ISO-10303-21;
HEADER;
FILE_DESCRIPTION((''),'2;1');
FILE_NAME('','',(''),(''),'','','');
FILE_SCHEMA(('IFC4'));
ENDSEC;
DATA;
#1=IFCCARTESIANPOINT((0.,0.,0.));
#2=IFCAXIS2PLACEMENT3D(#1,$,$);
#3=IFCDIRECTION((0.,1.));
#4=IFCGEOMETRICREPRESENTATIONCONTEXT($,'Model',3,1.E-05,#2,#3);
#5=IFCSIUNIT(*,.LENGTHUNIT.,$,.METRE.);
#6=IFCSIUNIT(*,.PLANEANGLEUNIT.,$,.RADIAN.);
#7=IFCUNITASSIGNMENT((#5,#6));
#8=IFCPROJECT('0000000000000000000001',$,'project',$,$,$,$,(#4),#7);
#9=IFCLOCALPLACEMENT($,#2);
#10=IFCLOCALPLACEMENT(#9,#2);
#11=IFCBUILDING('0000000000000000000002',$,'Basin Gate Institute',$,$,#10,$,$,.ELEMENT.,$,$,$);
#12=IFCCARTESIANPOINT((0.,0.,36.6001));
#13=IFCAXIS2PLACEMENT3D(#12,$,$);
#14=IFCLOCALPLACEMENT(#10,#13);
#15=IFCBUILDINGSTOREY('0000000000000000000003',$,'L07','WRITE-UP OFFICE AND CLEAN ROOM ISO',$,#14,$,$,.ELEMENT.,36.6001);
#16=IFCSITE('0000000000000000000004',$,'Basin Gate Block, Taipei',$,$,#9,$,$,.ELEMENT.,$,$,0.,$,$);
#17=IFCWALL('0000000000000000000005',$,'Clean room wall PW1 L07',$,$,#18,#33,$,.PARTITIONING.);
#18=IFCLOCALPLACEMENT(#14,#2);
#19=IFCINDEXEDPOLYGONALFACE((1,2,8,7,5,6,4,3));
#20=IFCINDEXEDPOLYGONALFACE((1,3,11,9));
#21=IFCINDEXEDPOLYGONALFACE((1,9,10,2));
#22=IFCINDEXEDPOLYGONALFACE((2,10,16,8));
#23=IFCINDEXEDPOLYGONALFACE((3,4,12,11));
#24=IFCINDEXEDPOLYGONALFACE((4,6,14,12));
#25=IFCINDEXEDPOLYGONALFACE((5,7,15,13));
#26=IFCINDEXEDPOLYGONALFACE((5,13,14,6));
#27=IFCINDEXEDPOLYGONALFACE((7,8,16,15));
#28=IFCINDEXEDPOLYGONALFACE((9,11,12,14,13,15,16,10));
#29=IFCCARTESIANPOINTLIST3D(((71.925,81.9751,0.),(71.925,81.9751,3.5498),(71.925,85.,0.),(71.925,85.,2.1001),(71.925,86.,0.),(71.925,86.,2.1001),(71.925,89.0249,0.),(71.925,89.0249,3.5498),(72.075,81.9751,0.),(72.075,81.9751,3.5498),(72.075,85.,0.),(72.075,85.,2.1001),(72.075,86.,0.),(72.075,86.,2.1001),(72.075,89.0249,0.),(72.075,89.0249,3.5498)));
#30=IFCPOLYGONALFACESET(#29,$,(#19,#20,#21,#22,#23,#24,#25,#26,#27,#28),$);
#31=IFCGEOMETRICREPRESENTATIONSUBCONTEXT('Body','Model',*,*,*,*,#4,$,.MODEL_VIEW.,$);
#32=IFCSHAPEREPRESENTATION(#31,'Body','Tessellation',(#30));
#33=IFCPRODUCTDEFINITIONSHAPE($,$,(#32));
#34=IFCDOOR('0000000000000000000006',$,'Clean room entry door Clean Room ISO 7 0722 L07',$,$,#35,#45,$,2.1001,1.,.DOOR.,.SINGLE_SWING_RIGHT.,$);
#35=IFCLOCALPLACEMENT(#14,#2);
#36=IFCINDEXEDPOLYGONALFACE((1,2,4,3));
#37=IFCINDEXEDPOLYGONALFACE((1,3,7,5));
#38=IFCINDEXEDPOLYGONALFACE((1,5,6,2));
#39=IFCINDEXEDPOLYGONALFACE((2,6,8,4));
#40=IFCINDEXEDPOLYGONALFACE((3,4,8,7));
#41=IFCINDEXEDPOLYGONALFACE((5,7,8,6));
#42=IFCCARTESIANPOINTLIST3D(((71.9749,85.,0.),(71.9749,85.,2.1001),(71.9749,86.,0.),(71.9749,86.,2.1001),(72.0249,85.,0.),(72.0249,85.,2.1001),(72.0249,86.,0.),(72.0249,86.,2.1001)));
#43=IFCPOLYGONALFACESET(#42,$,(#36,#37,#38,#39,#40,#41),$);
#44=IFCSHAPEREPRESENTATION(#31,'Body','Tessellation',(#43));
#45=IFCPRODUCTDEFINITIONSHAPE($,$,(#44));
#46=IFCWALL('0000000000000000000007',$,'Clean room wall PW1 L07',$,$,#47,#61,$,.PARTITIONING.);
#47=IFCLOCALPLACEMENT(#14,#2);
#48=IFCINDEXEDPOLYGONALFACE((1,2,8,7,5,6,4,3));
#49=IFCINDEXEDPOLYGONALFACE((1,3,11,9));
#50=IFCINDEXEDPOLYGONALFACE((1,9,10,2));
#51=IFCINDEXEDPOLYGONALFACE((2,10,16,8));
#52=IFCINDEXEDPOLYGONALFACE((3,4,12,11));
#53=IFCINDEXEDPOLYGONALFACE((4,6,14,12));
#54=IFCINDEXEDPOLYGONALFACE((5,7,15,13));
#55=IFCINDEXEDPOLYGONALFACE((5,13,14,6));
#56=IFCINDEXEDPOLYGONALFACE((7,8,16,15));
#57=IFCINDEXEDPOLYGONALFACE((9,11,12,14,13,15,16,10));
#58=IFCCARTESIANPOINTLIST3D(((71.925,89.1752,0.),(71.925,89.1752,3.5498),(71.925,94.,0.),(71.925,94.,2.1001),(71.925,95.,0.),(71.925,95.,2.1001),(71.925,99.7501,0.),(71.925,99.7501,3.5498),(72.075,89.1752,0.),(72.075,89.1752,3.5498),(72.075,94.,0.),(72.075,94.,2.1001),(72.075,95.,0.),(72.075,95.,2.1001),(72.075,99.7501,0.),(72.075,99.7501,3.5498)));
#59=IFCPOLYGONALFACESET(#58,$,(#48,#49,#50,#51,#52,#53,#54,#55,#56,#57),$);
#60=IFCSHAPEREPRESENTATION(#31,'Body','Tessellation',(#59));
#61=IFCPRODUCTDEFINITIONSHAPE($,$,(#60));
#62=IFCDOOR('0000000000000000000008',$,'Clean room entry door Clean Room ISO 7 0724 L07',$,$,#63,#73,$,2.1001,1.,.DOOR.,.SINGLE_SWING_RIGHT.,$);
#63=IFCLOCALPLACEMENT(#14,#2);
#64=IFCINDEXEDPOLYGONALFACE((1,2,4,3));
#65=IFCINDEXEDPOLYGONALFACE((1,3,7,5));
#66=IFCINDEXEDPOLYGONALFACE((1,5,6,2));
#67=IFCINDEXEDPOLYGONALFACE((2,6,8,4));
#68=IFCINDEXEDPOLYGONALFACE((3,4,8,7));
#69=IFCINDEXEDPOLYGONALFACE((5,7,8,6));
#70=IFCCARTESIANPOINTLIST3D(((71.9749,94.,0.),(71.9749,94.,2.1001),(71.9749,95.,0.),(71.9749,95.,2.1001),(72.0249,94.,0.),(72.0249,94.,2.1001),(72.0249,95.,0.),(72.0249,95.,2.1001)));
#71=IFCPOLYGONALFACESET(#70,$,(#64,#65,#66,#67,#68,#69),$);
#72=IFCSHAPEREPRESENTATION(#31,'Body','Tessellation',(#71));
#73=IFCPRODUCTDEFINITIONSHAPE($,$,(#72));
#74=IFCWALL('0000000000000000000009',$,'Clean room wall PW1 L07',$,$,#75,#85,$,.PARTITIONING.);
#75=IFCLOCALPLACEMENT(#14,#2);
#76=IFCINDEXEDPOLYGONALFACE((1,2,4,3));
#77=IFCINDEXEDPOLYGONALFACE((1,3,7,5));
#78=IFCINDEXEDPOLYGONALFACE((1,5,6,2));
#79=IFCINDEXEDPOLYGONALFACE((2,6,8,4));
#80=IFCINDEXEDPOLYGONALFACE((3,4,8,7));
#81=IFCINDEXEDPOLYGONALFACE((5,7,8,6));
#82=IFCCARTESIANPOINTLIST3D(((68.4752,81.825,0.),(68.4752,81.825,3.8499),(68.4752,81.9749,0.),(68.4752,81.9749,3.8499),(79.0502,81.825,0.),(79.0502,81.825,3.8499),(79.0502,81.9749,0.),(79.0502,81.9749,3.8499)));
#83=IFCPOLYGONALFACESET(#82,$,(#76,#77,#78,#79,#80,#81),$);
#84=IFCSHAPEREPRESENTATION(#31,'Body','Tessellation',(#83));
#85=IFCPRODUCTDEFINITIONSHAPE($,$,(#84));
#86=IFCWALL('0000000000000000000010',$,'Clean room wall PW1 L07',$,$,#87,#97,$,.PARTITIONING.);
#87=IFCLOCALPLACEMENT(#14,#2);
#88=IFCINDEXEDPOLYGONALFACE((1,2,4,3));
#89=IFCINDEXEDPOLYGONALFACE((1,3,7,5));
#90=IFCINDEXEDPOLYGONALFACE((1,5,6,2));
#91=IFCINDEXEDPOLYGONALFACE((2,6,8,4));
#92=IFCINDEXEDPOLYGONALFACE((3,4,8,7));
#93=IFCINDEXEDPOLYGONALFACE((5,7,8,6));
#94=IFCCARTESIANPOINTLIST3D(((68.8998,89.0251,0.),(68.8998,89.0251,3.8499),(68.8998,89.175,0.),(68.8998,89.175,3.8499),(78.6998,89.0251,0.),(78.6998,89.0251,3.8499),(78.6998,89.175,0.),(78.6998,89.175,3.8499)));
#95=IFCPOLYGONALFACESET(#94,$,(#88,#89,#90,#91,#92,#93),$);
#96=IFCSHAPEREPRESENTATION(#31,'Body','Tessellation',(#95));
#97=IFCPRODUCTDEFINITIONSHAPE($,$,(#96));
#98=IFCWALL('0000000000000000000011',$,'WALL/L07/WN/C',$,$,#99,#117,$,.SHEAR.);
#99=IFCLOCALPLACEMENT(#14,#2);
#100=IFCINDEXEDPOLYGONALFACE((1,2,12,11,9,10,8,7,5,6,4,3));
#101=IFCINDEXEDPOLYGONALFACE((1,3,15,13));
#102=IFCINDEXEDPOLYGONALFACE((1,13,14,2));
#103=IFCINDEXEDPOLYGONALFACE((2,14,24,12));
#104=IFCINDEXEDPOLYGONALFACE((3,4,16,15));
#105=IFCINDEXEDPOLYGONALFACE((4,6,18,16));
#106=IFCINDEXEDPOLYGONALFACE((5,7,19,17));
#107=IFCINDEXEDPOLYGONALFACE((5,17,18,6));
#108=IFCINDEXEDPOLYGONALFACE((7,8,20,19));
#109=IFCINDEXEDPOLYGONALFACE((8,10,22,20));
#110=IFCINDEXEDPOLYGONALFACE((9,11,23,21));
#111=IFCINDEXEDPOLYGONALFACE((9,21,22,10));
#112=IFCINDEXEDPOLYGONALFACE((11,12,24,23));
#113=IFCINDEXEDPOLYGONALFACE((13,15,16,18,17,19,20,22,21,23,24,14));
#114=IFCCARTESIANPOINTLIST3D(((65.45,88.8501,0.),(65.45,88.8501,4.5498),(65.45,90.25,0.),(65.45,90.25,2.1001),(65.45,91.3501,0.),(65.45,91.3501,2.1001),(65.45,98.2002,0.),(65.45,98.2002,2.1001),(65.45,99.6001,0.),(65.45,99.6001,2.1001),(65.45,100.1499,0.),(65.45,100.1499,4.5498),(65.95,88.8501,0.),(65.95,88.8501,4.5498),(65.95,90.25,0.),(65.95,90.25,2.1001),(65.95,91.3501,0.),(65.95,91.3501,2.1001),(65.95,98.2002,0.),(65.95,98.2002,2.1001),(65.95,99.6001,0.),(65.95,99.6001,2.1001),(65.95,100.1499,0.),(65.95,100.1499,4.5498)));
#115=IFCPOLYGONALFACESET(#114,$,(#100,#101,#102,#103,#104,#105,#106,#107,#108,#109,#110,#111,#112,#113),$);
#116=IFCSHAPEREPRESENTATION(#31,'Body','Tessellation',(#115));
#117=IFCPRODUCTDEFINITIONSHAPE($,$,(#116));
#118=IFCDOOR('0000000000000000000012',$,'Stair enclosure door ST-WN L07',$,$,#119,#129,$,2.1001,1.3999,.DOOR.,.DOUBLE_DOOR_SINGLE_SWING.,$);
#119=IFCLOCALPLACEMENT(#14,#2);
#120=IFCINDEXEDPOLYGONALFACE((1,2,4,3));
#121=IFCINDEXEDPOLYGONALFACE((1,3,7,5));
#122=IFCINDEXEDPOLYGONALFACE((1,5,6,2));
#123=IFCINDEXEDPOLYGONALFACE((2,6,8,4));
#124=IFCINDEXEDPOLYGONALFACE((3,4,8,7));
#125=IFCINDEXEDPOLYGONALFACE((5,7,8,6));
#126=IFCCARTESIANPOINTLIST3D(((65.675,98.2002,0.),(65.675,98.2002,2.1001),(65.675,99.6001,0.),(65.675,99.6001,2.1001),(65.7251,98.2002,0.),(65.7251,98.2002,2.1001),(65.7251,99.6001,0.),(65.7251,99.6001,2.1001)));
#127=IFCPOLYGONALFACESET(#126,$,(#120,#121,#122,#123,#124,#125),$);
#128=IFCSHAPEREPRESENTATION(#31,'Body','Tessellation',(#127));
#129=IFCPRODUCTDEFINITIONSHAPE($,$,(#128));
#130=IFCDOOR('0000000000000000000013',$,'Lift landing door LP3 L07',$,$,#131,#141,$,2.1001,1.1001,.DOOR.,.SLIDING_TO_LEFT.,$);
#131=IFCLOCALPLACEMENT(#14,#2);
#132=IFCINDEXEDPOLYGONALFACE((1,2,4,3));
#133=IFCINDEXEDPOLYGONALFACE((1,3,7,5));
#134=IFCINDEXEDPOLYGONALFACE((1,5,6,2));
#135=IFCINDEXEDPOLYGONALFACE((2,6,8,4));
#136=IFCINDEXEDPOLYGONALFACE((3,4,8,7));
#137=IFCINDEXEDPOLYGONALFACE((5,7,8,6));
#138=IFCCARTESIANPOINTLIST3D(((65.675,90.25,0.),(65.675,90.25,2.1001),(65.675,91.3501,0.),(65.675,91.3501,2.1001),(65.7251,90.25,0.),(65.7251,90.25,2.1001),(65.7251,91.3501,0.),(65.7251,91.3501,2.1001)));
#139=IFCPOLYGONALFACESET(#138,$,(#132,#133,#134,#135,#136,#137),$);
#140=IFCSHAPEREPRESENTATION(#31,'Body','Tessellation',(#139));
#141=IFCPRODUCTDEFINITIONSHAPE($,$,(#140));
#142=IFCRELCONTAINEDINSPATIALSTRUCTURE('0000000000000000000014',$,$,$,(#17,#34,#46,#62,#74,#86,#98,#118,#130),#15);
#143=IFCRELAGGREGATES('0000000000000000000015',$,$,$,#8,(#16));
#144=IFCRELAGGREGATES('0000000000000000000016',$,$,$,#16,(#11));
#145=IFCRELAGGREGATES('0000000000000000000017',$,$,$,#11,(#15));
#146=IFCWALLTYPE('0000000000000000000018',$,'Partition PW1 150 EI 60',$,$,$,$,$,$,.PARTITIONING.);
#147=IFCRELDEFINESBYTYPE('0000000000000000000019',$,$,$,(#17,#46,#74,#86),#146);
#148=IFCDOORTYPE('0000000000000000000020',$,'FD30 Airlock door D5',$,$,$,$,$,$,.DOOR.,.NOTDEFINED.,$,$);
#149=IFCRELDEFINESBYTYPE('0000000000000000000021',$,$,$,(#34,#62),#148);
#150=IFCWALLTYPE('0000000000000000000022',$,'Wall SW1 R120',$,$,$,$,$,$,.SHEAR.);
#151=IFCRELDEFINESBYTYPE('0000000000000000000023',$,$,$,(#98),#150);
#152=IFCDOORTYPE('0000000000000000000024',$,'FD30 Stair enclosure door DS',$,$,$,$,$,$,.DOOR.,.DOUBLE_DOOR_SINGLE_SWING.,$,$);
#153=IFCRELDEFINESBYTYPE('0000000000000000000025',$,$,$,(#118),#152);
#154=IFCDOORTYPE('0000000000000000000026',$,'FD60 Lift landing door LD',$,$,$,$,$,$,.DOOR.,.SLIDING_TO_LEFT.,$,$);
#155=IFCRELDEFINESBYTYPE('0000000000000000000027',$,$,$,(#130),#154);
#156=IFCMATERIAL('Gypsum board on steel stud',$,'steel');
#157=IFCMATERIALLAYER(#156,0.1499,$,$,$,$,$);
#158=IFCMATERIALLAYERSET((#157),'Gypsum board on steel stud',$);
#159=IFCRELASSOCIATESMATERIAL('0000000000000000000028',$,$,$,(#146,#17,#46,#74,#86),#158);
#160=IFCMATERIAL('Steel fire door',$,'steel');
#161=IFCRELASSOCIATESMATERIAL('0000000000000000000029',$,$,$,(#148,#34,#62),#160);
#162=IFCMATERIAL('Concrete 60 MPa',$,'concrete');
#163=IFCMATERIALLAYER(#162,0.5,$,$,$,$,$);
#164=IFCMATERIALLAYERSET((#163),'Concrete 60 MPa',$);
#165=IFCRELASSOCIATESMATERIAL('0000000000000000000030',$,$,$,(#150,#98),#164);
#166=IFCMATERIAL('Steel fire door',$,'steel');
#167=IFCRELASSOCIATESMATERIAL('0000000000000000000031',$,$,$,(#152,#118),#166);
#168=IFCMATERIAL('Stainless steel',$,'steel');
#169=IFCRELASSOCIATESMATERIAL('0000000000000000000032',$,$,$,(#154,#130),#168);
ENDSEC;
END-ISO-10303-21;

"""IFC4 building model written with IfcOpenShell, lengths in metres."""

from ifc_helpers import new_model, si_unit, direction, frame, frame_2d, origin, place, context, subcontext, project, spatial, rectangle, extrude, material, layer, layer_set, type_object, element, fill, save


model = new_model("IFC4")

# Units and contexts
model_context = context("Model", 3, precision=1e-05, world=origin(), true_north=direction((0.0, 1.0)))
body_context = subcontext(model_context, "Body", "Model", "MODEL_VIEW")
ifc_project = project(units=[si_unit("LENGTHUNIT", "METRE"), si_unit("PLANEANGLEUNIT", "RADIAN")], contexts=[model_context])

# Site, building, storey
site_placement = place(None, origin())
site = spatial("IfcSite", under=ifc_project, at=site_placement, Name="Basin Gate Block, Taipei", CompositionType="ELEMENT", RefElevation=0.0)
building_placement = place(site_placement, origin())
building = spatial("IfcBuilding", under=site, at=building_placement, Name="Basin Gate Institute", CompositionType="ELEMENT")
storey_placement = place(building_placement, frame((0.0, 0.0, 36.6001)))
storey = spatial("IfcBuildingStorey", under=building, at=storey_placement, Name="L07", Description="WRITE-UP OFFICE AND CLEAN ROOM ISO", CompositionType="ELEMENT", Elevation=36.6001)

# Walls, openings, doors
ifc_material_1 = material(Name="Gypsum board on steel stud", Category="steel")
ifc_layer_1 = layer(ifc_material_1, 0.1499)
ifc_layer_set_1 = layer_set([ifc_layer_1], Name="Gypsum board on steel stud")
wall_type_1 = type_object("IfcWallType", Name="Partition PW1 150 EI 60", PredefinedType="PARTITIONING", material=ifc_layer_set_1)
wall_1_placement = place(storey_placement, frame((72.0, 81.9751, 0.0), z_axis=(0.0, 0.0, 1.0), x_axis=(0.0, 1.0, 0.0)))
wall_1 = element("IfcWall", 1, at=wall_1_placement, inside=storey, type_object=wall_type_1, material=ifc_layer_set_1, Name="Clean room wall PW1 L07", PredefinedType="PARTITIONING", context=body_context, shape_type="SweptSolid", body=[
    extrude(rectangle(XDim=7.0498, YDim=0.1499, at=frame_2d((3.5249, 0.0))), origin(), (0.0, 0.0, 1.0), 3.5498),
])
opening_1_placement = place(wall_1_placement, frame((3.0249, 0.0, 0.0)))
opening_1 = element("IfcOpeningElement", 2, at=opening_1_placement, cuts=wall_1, PredefinedType="OPENING", context=body_context, shape_type="SweptSolid", body=[
    extrude(rectangle(XDim=1.0, YDim=2.1001, at=frame_2d((0.5, 1.05))), frame((0.0, 0.085, 0.0), z_axis=(0.0, -1.0, 0.0), x_axis=(1.0, 0.0, 0.0)), (0.0, 0.0, 1.0), 0.1699),
])
ifc_material_2 = material(Name="Steel fire door", Category="steel")
door_type_1 = type_object("IfcDoorType", Name="FD30 Airlock door D5", OperationType="NOTDEFINED", PredefinedType="DOOR", material=ifc_material_2)
door_1_placement = place(opening_1_placement, frame((1.0, 0.0, 0.0), z_axis=(0.0, 0.0, 1.0), x_axis=(-1.0, 0.0, 0.0)))
door_1 = element("IfcDoor", 3, at=door_1_placement, inside=storey, type_object=door_type_1, material=ifc_material_2, Name="Clean room entry door Clean Room ISO 7 0722 L07", OperationType="SINGLE_SWING_RIGHT", OverallHeight=2.1001, OverallWidth=1.0, PredefinedType="DOOR", context=body_context, shape_type="SweptSolid", body=[
    extrude(rectangle(XDim=1.0, YDim=2.1001, at=frame_2d((0.5, 1.05))), frame((0.0, 0.0249, 0.0), z_axis=(0.0, -1.0, 0.0), x_axis=(1.0, 0.0, 0.0)), (0.0, 0.0, 1.0), 0.05),
])
fill(opening_1, door_1)
wall_2_placement = place(storey_placement, frame((72.0, 89.175, 0.0), z_axis=(0.0, 0.0, 1.0), x_axis=(0.0, 1.0, 0.0)))
wall_2 = element("IfcWall", 4, at=wall_2_placement, inside=storey, type_object=wall_type_1, material=ifc_layer_set_1, Name="Clean room wall PW1 L07", PredefinedType="PARTITIONING", context=body_context, shape_type="SweptSolid", body=[
    extrude(rectangle(XDim=10.575, YDim=0.1499, at=frame_2d((5.2876, 0.0))), origin(), (0.0, 0.0, 1.0), 3.5498),
])
opening_2_placement = place(wall_2_placement, frame((4.825, 0.0, 0.0)))
opening_2 = element("IfcOpeningElement", 5, at=opening_2_placement, cuts=wall_2, PredefinedType="OPENING", context=body_context, shape_type="SweptSolid", body=[
    extrude(rectangle(XDim=1.0, YDim=2.1001, at=frame_2d((0.5, 1.05))), frame((0.0, 0.085, 0.0), z_axis=(0.0, -1.0, 0.0), x_axis=(1.0, 0.0, 0.0)), (0.0, 0.0, 1.0), 0.1699),
])
door_2_placement = place(opening_2_placement, frame((1.0, 0.0, 0.0), z_axis=(0.0, 0.0, 1.0), x_axis=(-1.0, 0.0, 0.0)))
door_2 = element("IfcDoor", 6, at=door_2_placement, inside=storey, type_object=door_type_1, material=ifc_material_2, Name="Clean room entry door Clean Room ISO 7 0724 L07", OperationType="SINGLE_SWING_RIGHT", OverallHeight=2.1001, OverallWidth=1.0, PredefinedType="DOOR", context=body_context, shape_type="SweptSolid", body=[
    extrude(rectangle(XDim=1.0, YDim=2.1001, at=frame_2d((0.5, 1.05))), frame((0.0, 0.0249, 0.0), z_axis=(0.0, -1.0, 0.0), x_axis=(1.0, 0.0, 0.0)), (0.0, 0.0, 1.0), 0.05),
])
fill(opening_2, door_2)

# Walls
wall_3_placement = place(storey_placement, frame((68.4751, 81.8999, 0.0), z_axis=(0.0, 0.0, 1.0), x_axis=(1.0, 0.0, 0.0)))
element("IfcWall", 7, at=wall_3_placement, inside=storey, type_object=wall_type_1, material=ifc_layer_set_1, Name="Clean room wall PW1 L07", PredefinedType="PARTITIONING", context=body_context, shape_type="SweptSolid", body=[
    extrude(rectangle(XDim=10.575, YDim=0.1499, at=frame_2d((5.2876, 0.0))), origin(), (0.0, 0.0, 1.0), 3.8499),
])
wall_4_placement = place(storey_placement, frame((68.8999, 89.1001, 0.0), z_axis=(0.0, 0.0, 1.0), x_axis=(1.0, 0.0, 0.0)))
element("IfcWall", 8, at=wall_4_placement, inside=storey, type_object=wall_type_1, material=ifc_layer_set_1, Name="Clean room wall PW1 L07", PredefinedType="PARTITIONING", context=body_context, shape_type="SweptSolid", body=[
    extrude(rectangle(XDim=9.8, YDim=0.1499, at=frame_2d((4.8999, 0.0))), origin(), (0.0, 0.0, 1.0), 3.8499),
])

# Wall, openings, doors
ifc_material_3 = material(Name="Concrete 60 MPa", Category="concrete")
ifc_layer_2 = layer(ifc_material_3, 0.5)
ifc_layer_set_2 = layer_set([ifc_layer_2], Name="Concrete 60 MPa")
wall_type_2 = type_object("IfcWallType", Name="Wall SW1 R120", PredefinedType="SHEAR", material=ifc_layer_set_2)
wall_5_placement = place(storey_placement, frame((65.7, 88.8501, 0.0), z_axis=(0.0, 0.0, 1.0), x_axis=(0.0, 1.0, 0.0)))
wall_5 = element("IfcWall", 9, at=wall_5_placement, inside=storey, type_object=wall_type_2, material=ifc_layer_set_2, Name="WALL/L07/WN/C", PredefinedType="SHEAR", context=body_context, shape_type="SweptSolid", body=[
    extrude(rectangle(XDim=11.2998, YDim=0.5, at=frame_2d((5.6499, 0.0))), origin(), (0.0, 0.0, 1.0), 4.5498),
])
opening_3_placement = place(wall_5_placement, frame((9.3501, 0.0, 0.0)))
opening_3 = element("IfcOpeningElement", 10, at=opening_3_placement, cuts=wall_5, PredefinedType="OPENING", context=body_context, shape_type="SweptSolid", body=[
    extrude(rectangle(XDim=1.3999, YDim=2.1001, at=frame_2d((0.7, 1.05))), frame((0.0, 0.26, 0.0), z_axis=(0.0, -1.0, 0.0), x_axis=(1.0, 0.0, 0.0)), (0.0, 0.0, 1.0), 0.52),
])
opening_4_placement = place(wall_5_placement, frame((1.3999, 0.0, 0.0)))
opening_4 = element("IfcOpeningElement", 11, at=opening_4_placement, cuts=wall_5, PredefinedType="OPENING", context=body_context, shape_type="SweptSolid", body=[
    extrude(rectangle(XDim=1.1001, YDim=2.1001, at=frame_2d((0.55, 1.05))), frame((0.0, 0.26, 0.0), z_axis=(0.0, -1.0, 0.0), x_axis=(1.0, 0.0, 0.0)), (0.0, 0.0, 1.0), 0.52),
])
ifc_material_4 = material(Name="Steel fire door", Category="steel")
door_type_2 = type_object("IfcDoorType", Name="FD30 Stair enclosure door DS", OperationType="DOUBLE_DOOR_SINGLE_SWING", PredefinedType="DOOR", material=ifc_material_4)
door_3_placement = place(opening_3_placement, origin())
door_3 = element("IfcDoor", 12, at=door_3_placement, inside=storey, type_object=door_type_2, material=ifc_material_4, Name="Stair enclosure door ST-WN L07", OperationType="DOUBLE_DOOR_SINGLE_SWING", OverallHeight=2.1001, OverallWidth=1.3999, PredefinedType="DOOR", context=body_context, shape_type="SweptSolid", body=[
    extrude(rectangle(XDim=1.3999, YDim=2.1001, at=frame_2d((0.7, 1.05))), frame((0.0, 0.0249, 0.0), z_axis=(0.0, -1.0, 0.0), x_axis=(1.0, 0.0, 0.0)), (0.0, 0.0, 1.0), 0.05),
])
fill(opening_3, door_3)
ifc_material_5 = material(Name="Stainless steel", Category="steel")
door_type_3 = type_object("IfcDoorType", Name="FD60 Lift landing door LD", OperationType="SLIDING_TO_LEFT", PredefinedType="DOOR", material=ifc_material_5)
door_4_placement = place(opening_4_placement, origin())
door_4 = element("IfcDoor", 13, at=door_4_placement, inside=storey, type_object=door_type_3, material=ifc_material_5, Name="Lift landing door LP3 L07", OperationType="SLIDING_TO_LEFT", OverallHeight=2.1001, OverallWidth=1.1001, PredefinedType="DOOR", context=body_context, shape_type="SweptSolid", body=[
    extrude(rectangle(XDim=1.1001, YDim=2.1001, at=frame_2d((0.55, 1.05))), frame((0.0, 0.0249, 0.0), z_axis=(0.0, -1.0, 0.0), x_axis=(1.0, 0.0, 0.0)), (0.0, 0.0, 1.0), 0.05),
])
fill(opening_4, door_4)

save(model, "model.ifc")
